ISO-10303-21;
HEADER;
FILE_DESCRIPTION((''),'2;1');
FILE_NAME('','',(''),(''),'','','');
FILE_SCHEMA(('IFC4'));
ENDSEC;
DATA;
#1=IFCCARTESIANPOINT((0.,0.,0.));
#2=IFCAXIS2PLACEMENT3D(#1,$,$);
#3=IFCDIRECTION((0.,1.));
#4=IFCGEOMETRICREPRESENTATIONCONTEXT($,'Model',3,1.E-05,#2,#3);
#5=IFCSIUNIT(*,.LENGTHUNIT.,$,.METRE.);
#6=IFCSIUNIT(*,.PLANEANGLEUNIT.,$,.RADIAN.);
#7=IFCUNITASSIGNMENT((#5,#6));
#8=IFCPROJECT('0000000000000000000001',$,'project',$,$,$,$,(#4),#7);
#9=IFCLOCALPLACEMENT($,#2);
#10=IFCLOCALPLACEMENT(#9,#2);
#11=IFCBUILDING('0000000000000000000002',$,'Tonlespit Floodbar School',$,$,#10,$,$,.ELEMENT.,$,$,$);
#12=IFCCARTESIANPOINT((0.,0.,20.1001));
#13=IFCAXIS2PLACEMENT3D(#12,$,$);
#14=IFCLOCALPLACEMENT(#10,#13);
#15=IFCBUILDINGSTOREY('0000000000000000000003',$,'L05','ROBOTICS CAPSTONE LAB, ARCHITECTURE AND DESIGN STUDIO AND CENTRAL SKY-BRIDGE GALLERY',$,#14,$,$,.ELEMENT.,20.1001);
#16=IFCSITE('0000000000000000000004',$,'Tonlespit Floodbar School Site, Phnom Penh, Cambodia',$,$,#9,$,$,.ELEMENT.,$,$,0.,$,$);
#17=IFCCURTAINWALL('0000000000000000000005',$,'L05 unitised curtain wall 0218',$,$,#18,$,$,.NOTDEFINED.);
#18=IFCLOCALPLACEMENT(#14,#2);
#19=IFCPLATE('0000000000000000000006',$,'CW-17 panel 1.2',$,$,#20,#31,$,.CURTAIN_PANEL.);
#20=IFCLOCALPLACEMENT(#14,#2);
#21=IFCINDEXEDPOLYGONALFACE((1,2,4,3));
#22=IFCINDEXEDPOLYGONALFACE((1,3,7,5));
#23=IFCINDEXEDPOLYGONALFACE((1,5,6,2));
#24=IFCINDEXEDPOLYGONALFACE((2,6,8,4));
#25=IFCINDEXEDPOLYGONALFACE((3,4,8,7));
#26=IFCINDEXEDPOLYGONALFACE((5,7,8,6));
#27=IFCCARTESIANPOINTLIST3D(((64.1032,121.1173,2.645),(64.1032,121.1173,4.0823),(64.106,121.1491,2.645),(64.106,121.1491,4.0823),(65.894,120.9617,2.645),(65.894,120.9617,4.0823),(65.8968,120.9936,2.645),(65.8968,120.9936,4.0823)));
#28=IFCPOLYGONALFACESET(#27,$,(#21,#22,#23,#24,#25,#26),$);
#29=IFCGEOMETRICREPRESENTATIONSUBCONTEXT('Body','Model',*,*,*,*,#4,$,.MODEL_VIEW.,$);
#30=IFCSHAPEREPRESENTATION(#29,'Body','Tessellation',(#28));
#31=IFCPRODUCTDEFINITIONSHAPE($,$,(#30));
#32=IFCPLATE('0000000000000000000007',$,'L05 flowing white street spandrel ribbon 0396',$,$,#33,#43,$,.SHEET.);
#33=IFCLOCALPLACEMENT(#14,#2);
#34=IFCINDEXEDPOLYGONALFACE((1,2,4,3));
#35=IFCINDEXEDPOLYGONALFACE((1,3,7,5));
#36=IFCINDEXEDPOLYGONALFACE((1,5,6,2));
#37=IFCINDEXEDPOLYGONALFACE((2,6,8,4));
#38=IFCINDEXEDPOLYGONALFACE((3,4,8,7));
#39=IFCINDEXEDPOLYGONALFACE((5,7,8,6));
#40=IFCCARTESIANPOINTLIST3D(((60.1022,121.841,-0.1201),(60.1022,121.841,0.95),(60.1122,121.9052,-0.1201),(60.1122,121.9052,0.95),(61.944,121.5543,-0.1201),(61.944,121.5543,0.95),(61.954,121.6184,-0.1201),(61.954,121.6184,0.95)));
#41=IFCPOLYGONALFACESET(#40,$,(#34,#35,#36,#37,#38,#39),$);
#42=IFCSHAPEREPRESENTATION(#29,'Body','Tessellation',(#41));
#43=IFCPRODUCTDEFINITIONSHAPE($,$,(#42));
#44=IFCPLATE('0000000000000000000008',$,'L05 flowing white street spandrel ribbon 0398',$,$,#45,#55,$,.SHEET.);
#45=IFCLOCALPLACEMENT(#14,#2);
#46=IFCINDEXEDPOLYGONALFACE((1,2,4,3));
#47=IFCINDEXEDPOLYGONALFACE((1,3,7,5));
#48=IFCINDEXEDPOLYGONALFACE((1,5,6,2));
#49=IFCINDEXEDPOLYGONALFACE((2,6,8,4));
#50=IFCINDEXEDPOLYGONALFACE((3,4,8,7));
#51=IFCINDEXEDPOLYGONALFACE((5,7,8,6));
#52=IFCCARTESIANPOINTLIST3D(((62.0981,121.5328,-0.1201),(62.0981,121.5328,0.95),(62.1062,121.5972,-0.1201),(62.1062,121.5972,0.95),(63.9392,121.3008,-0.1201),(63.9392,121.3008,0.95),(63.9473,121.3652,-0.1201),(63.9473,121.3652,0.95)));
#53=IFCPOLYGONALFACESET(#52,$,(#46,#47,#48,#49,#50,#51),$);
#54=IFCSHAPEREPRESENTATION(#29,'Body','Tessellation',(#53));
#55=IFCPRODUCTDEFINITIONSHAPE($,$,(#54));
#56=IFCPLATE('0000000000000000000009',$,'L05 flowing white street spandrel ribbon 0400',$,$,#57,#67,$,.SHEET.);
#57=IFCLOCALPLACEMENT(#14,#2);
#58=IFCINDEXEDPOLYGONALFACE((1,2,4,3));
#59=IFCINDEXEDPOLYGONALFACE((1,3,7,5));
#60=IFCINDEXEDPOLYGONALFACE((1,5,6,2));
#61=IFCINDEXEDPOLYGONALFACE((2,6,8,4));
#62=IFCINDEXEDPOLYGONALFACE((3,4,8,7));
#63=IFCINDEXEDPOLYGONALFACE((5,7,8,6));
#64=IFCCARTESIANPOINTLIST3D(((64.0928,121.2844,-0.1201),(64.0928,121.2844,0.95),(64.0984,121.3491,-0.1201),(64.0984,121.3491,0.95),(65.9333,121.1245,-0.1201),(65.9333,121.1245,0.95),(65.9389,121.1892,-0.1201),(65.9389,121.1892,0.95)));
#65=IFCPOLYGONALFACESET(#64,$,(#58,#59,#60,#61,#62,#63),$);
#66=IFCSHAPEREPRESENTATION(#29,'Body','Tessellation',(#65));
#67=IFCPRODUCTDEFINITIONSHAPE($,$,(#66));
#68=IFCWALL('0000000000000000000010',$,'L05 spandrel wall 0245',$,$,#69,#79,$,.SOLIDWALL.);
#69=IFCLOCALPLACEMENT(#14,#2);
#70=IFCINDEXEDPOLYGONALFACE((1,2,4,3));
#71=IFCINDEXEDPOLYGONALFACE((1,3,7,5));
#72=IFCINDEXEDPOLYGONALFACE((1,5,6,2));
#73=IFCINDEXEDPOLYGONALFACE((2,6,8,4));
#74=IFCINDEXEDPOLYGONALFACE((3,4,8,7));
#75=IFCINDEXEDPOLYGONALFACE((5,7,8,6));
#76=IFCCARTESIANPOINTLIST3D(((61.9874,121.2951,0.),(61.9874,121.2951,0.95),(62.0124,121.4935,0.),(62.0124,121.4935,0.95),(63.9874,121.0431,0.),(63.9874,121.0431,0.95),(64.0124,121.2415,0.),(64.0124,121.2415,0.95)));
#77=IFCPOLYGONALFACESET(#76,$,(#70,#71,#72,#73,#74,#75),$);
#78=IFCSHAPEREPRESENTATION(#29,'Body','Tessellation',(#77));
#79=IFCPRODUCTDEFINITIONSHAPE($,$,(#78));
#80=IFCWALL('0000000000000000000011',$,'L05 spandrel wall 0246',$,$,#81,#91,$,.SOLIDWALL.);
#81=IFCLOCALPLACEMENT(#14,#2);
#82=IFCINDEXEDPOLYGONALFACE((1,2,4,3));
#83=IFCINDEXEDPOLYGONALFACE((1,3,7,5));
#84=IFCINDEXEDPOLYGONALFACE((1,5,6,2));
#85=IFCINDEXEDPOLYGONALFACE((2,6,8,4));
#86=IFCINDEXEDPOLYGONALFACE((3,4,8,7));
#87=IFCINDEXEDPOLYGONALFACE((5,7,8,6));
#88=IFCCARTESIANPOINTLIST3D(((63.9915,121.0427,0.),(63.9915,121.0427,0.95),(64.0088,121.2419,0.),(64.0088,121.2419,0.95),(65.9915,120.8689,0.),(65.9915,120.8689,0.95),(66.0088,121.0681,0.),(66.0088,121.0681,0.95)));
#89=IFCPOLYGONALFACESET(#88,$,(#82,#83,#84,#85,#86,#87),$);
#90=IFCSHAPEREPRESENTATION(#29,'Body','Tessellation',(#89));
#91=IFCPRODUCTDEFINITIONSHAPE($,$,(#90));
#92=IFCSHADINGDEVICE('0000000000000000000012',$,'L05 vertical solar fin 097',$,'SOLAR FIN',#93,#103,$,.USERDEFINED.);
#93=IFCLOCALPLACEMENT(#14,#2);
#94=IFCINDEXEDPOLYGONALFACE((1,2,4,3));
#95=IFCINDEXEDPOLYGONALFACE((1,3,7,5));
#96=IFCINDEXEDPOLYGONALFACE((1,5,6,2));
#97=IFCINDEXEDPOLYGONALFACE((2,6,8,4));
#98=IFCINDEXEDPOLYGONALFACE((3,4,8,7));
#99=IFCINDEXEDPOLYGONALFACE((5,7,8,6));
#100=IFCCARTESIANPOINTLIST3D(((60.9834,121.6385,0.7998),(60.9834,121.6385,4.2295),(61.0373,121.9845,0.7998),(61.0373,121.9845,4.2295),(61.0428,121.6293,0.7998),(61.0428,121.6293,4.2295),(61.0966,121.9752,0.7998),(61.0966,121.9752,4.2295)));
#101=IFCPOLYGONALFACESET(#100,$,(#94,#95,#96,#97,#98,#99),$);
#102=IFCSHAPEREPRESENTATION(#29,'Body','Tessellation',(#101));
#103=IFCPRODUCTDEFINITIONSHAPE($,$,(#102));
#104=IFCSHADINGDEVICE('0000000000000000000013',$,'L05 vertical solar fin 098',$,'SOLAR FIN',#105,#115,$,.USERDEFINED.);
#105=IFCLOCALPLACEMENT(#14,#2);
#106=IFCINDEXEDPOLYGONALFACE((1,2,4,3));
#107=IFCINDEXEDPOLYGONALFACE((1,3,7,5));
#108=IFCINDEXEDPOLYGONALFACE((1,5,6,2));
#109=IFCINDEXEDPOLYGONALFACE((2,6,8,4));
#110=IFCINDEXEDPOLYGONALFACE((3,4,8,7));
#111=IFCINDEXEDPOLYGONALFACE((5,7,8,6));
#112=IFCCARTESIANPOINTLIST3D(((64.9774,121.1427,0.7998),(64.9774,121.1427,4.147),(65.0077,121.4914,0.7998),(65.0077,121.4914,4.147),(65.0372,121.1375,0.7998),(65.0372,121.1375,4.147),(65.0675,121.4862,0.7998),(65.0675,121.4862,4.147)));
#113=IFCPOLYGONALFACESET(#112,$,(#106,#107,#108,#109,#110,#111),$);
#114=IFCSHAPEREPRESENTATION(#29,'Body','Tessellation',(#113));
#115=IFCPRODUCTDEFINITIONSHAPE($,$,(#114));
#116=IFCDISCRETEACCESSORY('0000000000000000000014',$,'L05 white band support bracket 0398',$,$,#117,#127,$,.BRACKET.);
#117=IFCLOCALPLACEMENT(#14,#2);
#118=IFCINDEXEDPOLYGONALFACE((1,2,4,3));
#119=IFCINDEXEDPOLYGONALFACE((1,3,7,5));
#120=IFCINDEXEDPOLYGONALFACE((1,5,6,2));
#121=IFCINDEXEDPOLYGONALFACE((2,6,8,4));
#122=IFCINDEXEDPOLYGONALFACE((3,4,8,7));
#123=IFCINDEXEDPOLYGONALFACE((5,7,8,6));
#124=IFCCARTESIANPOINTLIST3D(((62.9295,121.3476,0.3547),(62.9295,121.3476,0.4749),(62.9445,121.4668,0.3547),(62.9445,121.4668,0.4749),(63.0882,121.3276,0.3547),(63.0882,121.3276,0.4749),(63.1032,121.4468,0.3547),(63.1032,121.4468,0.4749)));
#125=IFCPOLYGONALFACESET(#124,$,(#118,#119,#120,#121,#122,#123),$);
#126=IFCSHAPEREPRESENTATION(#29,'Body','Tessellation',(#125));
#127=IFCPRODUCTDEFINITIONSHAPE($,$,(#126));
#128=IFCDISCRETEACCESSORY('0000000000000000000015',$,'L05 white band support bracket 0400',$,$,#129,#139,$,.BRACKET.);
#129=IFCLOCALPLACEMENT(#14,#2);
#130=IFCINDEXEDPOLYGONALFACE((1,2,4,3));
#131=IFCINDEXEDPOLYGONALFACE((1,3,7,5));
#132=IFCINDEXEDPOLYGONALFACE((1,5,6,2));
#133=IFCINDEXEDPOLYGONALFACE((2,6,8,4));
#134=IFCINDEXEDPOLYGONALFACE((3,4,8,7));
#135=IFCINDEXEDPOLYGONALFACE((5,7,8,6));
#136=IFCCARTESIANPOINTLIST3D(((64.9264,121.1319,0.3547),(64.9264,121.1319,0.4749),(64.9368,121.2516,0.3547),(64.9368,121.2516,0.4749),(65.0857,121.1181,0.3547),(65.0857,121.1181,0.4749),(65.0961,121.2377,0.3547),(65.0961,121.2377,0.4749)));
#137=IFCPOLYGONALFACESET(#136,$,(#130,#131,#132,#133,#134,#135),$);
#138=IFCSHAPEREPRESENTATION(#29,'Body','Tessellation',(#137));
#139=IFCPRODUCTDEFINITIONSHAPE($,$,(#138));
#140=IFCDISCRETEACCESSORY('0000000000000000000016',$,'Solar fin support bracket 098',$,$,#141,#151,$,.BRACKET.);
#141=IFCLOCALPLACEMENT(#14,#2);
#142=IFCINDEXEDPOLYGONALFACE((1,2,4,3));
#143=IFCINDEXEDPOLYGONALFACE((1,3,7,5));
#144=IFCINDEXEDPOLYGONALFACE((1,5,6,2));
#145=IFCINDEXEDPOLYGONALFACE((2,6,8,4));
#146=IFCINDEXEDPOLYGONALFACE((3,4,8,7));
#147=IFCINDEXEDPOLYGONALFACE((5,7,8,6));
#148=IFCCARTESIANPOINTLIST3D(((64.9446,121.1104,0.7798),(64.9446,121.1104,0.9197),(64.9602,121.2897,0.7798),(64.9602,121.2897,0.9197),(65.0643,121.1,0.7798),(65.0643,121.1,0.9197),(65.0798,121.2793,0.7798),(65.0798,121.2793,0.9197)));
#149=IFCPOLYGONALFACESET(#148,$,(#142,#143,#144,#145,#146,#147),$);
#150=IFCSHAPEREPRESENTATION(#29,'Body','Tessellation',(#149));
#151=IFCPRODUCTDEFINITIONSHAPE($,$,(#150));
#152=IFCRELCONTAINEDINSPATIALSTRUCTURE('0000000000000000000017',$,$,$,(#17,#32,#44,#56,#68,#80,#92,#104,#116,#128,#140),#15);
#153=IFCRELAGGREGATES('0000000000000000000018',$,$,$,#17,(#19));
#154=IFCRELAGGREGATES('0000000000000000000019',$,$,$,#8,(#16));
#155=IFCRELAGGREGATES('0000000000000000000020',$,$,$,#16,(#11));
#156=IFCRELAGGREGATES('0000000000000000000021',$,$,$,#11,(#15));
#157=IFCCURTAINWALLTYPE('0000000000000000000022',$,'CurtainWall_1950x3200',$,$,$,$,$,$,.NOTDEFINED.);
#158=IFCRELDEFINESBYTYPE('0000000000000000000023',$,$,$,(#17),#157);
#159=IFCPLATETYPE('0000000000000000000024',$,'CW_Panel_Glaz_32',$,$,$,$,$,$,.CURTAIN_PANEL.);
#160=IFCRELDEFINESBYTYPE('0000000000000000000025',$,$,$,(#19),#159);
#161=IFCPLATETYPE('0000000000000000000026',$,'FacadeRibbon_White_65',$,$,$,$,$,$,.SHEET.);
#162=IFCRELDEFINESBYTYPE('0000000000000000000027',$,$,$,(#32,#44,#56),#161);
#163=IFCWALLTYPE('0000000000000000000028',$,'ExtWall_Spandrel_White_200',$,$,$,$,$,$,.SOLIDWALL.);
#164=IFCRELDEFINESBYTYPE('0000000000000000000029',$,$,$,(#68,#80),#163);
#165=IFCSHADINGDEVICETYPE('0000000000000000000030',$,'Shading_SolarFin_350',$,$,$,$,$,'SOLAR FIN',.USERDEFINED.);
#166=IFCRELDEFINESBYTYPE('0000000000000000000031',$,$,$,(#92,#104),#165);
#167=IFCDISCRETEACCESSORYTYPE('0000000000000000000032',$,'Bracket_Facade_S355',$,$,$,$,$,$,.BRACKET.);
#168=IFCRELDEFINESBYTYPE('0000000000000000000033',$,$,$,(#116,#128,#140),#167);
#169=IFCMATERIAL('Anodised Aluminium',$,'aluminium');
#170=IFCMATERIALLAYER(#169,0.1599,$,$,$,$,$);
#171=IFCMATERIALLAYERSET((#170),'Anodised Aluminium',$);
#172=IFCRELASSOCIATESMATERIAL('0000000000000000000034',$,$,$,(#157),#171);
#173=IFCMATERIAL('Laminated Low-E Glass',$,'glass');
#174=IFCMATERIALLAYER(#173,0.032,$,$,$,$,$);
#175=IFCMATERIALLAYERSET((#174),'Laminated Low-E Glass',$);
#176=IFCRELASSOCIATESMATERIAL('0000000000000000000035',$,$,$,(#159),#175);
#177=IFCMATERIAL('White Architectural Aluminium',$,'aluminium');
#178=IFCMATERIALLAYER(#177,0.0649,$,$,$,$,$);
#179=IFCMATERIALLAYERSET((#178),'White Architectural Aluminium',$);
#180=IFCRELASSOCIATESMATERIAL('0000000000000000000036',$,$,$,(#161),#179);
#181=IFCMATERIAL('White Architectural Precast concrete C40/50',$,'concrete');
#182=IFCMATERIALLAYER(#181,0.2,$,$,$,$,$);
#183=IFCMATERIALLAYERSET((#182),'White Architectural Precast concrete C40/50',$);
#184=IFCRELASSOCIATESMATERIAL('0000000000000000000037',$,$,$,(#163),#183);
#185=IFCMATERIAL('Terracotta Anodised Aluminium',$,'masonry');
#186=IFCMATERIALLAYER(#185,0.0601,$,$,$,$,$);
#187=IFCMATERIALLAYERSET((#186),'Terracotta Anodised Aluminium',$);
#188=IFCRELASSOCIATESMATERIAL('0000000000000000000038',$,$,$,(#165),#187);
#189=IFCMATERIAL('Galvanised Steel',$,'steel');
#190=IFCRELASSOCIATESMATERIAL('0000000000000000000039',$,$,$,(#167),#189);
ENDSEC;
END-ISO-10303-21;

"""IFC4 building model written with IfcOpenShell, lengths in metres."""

from ifc_helpers import new_model, si_unit, direction, frame, frame_2d, origin, origin_2d, place, context, subcontext, project, spatial, rectangle, extrude, material, layer, layer_set, type_object, element, aggregate, save


model = new_model("IFC4")

# Units and contexts
model_context = context("Model", 3, precision=1e-05, world=origin(), true_north=direction((0.0, 1.0)))
body_context = subcontext(model_context, "Body", "Model", "MODEL_VIEW")
ifc_project = project(units=[si_unit("LENGTHUNIT", "METRE"), si_unit("PLANEANGLEUNIT", "RADIAN")], contexts=[model_context])

# Site, building, storey
site_placement = place(None, origin())
site = spatial("IfcSite", under=ifc_project, at=site_placement, Name="Tonlespit Floodbar School Site, Phnom Penh, Cambodia", CompositionType="ELEMENT", RefElevation=0.0)
building_placement = place(site_placement, origin())
building = spatial("IfcBuilding", under=site, at=building_placement, Name="Tonlespit Floodbar School", CompositionType="ELEMENT")
storey_placement = place(building_placement, frame((0.0, 0.0, 20.1001)))
storey = spatial("IfcBuildingStorey", under=building, at=storey_placement, Name="L05", Description="ROBOTICS CAPSTONE LAB, ARCHITECTURE AND DESIGN STUDIO AND CENTRAL SKY-BRIDGE GALLERY", CompositionType="ELEMENT", Elevation=20.1001)

# Shared definitions
ifc_material_1 = material(Name="Anodised Aluminium", Category="aluminium")

# Curtain wall
ifc_layer_1 = layer(ifc_material_1, 0.1599)
ifc_layer_set_1 = layer_set([ifc_layer_1], Name="Anodised Aluminium")
curtain_wall_type_1 = type_object("IfcCurtainWallType", Name="CurtainWall_1950x3200", PredefinedType="NOTDEFINED", material=ifc_layer_set_1)
curtain_wall_1_placement = place(storey_placement, origin())
curtain_wall_1 = element("IfcCurtainWall", 1, at=curtain_wall_1_placement, inside=storey, type_object=curtain_wall_type_1, Name="L05 unitised curtain wall 0218", PredefinedType="NOTDEFINED")

# Plate
ifc_material_2 = material(Name="Laminated Low-E Glass", Category="glass")
ifc_layer_2 = layer(ifc_material_2, 0.032)
ifc_layer_set_2 = layer_set([ifc_layer_2], Name="Laminated Low-E Glass")
plate_type_1 = type_object("IfcPlateType", Name="CW_Panel_Glaz_32", PredefinedType="CURTAIN_PANEL", material=ifc_layer_set_2)
plate_1_placement = place(storey_placement, frame((65.0, 121.0554, 2.645), z_axis=(0.0, 0.0, 1.0), x_axis=(0.996249, -0.086531, 0.0)))
plate_1 = element("IfcPlate", 2, at=plate_1_placement, type_object=plate_type_1, Name="CW-17 panel 1.2", PredefinedType="CURTAIN_PANEL", context=body_context, shape_type="SweptSolid", body=[
    extrude(rectangle(XDim=1.7976, YDim=0.032, at=origin_2d()), origin(), (0.0, 0.0, 1.0), 1.4373),
])
aggregate(curtain_wall_1, [plate_1])

# Plates
ifc_material_3 = material(Name="White Architectural Aluminium", Category="aluminium")
ifc_layer_3 = layer(ifc_material_3, 0.0649)
ifc_layer_set_3 = layer_set([ifc_layer_3], Name="White Architectural Aluminium")
plate_type_2 = type_object("IfcPlateType", Name="FacadeRibbon_White_65", PredefinedType="SHEET", material=ifc_layer_set_3)
plate_2_placement = place(storey_placement, frame((61.0281, 121.7297, -0.1201), z_axis=(0.0, 0.0, 1.0), x_axis=(0.988095, -0.153846, 0.0)))
element("IfcPlate", 3, at=plate_2_placement, inside=storey, type_object=plate_type_2, Name="L05 flowing white street spandrel ribbon 0396", PredefinedType="SHEET", context=body_context, shape_type="SweptSolid", body=[
    extrude(rectangle(XDim=1.864, YDim=0.0649, at=origin_2d()), origin(), (0.0, 0.0, 1.0), 1.0701),
])
plate_3_placement = place(storey_placement, frame((63.0227, 121.449, -0.1201), z_axis=(0.0, 0.0, 1.0), x_axis=(0.992155, -0.125011, 0.0)))
element("IfcPlate", 4, at=plate_3_placement, inside=storey, type_object=plate_type_2, Name="L05 flowing white street spandrel ribbon 0398", PredefinedType="SHEET", context=body_context, shape_type="SweptSolid", body=[
    extrude(rectangle(XDim=1.8557, YDim=0.0649, at=origin_2d()), origin(), (0.0, 0.0, 1.0), 1.0701),
])
plate_4_placement = place(storey_placement, frame((65.0159, 121.2368, -0.1201), z_axis=(0.0, 0.0, 1.0), x_axis=(0.996245, -0.086573, 0.0)))
element("IfcPlate", 5, at=plate_4_placement, inside=storey, type_object=plate_type_2, Name="L05 flowing white street spandrel ribbon 0400", PredefinedType="SHEET", context=body_context, shape_type="SweptSolid", body=[
    extrude(rectangle(XDim=1.8474, YDim=0.0649, at=origin_2d()), origin(), (0.0, 0.0, 1.0), 1.0701),
])

# Walls
ifc_material_4 = material(Name="White Architectural Precast concrete C40/50", Category="concrete")
ifc_layer_4 = layer(ifc_material_4, 0.2)
ifc_layer_set_4 = layer_set([ifc_layer_4], Name="White Architectural Precast concrete C40/50")
wall_type = type_object("IfcWallType", Name="ExtWall_Spandrel_White_200", PredefinedType="SOLIDWALL", material=ifc_layer_set_4)
wall_1_placement = place(storey_placement, frame((62.0, 121.3943, 0.0), z_axis=(0.0, 0.0, 1.0), x_axis=(0.992158, -0.124989, 0.0)))
element("IfcWall", 6, at=wall_1_placement, inside=storey, type_object=wall_type, Name="L05 spandrel wall 0245", PredefinedType="SOLIDWALL", context=body_context, shape_type="SweptSolid", body=[
    extrude(rectangle(XDim=2.0159, YDim=0.2, at=frame_2d((1.0078, 0.0))), origin(), (0.0, 0.0, 1.0), 0.95),
])
wall_2_placement = place(storey_placement, frame((64.0, 121.1423, 0.0), z_axis=(0.0, 0.0, 1.0), x_axis=(0.996244, -0.086588, 0.0)))
element("IfcWall", 7, at=wall_2_placement, inside=storey, type_object=wall_type, Name="L05 spandrel wall 0246", PredefinedType="SOLIDWALL", context=body_context, shape_type="SweptSolid", body=[
    extrude(rectangle(XDim=2.0076, YDim=0.2, at=frame_2d((1.0039, 0.0))), origin(), (0.0, 0.0, 1.0), 0.95),
])

# Shading devices
ifc_material_5 = material(Name="Terracotta Anodised Aluminium", Category="masonry")
ifc_layer_5 = layer(ifc_material_5, 0.0601)
ifc_layer_set_5 = layer_set([ifc_layer_5], Name="Terracotta Anodised Aluminium")
shading_device_type = type_object("IfcShadingDeviceType", Name="Shading_SolarFin_350", ElementType="SOLAR FIN", PredefinedType="USERDEFINED", material=ifc_layer_set_5)
shading_device_1_placement = place(storey_placement, frame((61.04, 121.8069, 0.7998), z_axis=(0.0, 0.0, 1.0), x_axis=(0.988095, -0.153846, 0.0)))
element("IfcShadingDevice", 8, at=shading_device_1_placement, inside=storey, type_object=shading_device_type, Name="L05 vertical solar fin 097", ObjectType="SOLAR FIN", PredefinedType="USERDEFINED", context=body_context, shape_type="SweptSolid", body=[
    extrude(rectangle(XDim=0.0601, YDim=0.3501, at=origin_2d()), origin(), (0.0, 0.0, 1.0), 3.4297),
])
shading_device_2_placement = place(storey_placement, frame((65.0225, 121.3145, 0.7998), z_axis=(0.0, 0.0, 1.0), x_axis=(0.996245, -0.086573, 0.0)))
element("IfcShadingDevice", 9, at=shading_device_2_placement, inside=storey, type_object=shading_device_type, Name="L05 vertical solar fin 098", ObjectType="SOLAR FIN", PredefinedType="USERDEFINED", context=body_context, shape_type="SweptSolid", body=[
    extrude(rectangle(XDim=0.0601, YDim=0.3501, at=origin_2d()), origin(), (0.0, 0.0, 1.0), 3.3472),
])

# Discrete accessories
ifc_material_6 = material(Name="Galvanised Steel", Category="steel")
discrete_accessory_type = type_object("IfcDiscreteAccessoryType", Name="Bracket_Facade_S355", PredefinedType="BRACKET", material=ifc_material_6)
for number, where, z_axis, x_axis, name in (
    (10, (63.0164, 121.3972, 0.3547), (0.0, 0.0, 1.0), (0.992155, -0.125011, 0.0), "L05 white band support bracket 0398"),
    (11, (65.0112, 121.1848, 0.3547), (0.0, 0.0, 1.0), (0.996245, -0.086573, 0.0), "L05 white band support bracket 0400"),
):
    element("IfcDiscreteAccessory", number, at=place(storey_placement, frame(where, z_axis=z_axis, x_axis=x_axis)), inside=storey, type_object=discrete_accessory_type, Name=name, PredefinedType="BRACKET", context=body_context, shape_type="SweptSolid", body=[
        extrude(rectangle(XDim=0.1599, YDim=0.1201, at=origin_2d()), origin(), (0.0, 0.0, 1.0), 0.1201),
    ])
discrete_accessory_placement = place(storey_placement, frame((65.0122, 121.1948, 0.7798), z_axis=(0.0, 0.0, 1.0), x_axis=(0.996245, -0.086573, 0.0)))
element("IfcDiscreteAccessory", 12, at=discrete_accessory_placement, inside=storey, type_object=discrete_accessory_type, Name="Solar fin support bracket 098", PredefinedType="BRACKET", context=body_context, shape_type="SweptSolid", body=[
    extrude(rectangle(XDim=0.1201, YDim=0.1799, at=origin_2d()), origin(), (0.0, 0.0, 1.0), 0.1399),
])

save(model, "model.ifc")
